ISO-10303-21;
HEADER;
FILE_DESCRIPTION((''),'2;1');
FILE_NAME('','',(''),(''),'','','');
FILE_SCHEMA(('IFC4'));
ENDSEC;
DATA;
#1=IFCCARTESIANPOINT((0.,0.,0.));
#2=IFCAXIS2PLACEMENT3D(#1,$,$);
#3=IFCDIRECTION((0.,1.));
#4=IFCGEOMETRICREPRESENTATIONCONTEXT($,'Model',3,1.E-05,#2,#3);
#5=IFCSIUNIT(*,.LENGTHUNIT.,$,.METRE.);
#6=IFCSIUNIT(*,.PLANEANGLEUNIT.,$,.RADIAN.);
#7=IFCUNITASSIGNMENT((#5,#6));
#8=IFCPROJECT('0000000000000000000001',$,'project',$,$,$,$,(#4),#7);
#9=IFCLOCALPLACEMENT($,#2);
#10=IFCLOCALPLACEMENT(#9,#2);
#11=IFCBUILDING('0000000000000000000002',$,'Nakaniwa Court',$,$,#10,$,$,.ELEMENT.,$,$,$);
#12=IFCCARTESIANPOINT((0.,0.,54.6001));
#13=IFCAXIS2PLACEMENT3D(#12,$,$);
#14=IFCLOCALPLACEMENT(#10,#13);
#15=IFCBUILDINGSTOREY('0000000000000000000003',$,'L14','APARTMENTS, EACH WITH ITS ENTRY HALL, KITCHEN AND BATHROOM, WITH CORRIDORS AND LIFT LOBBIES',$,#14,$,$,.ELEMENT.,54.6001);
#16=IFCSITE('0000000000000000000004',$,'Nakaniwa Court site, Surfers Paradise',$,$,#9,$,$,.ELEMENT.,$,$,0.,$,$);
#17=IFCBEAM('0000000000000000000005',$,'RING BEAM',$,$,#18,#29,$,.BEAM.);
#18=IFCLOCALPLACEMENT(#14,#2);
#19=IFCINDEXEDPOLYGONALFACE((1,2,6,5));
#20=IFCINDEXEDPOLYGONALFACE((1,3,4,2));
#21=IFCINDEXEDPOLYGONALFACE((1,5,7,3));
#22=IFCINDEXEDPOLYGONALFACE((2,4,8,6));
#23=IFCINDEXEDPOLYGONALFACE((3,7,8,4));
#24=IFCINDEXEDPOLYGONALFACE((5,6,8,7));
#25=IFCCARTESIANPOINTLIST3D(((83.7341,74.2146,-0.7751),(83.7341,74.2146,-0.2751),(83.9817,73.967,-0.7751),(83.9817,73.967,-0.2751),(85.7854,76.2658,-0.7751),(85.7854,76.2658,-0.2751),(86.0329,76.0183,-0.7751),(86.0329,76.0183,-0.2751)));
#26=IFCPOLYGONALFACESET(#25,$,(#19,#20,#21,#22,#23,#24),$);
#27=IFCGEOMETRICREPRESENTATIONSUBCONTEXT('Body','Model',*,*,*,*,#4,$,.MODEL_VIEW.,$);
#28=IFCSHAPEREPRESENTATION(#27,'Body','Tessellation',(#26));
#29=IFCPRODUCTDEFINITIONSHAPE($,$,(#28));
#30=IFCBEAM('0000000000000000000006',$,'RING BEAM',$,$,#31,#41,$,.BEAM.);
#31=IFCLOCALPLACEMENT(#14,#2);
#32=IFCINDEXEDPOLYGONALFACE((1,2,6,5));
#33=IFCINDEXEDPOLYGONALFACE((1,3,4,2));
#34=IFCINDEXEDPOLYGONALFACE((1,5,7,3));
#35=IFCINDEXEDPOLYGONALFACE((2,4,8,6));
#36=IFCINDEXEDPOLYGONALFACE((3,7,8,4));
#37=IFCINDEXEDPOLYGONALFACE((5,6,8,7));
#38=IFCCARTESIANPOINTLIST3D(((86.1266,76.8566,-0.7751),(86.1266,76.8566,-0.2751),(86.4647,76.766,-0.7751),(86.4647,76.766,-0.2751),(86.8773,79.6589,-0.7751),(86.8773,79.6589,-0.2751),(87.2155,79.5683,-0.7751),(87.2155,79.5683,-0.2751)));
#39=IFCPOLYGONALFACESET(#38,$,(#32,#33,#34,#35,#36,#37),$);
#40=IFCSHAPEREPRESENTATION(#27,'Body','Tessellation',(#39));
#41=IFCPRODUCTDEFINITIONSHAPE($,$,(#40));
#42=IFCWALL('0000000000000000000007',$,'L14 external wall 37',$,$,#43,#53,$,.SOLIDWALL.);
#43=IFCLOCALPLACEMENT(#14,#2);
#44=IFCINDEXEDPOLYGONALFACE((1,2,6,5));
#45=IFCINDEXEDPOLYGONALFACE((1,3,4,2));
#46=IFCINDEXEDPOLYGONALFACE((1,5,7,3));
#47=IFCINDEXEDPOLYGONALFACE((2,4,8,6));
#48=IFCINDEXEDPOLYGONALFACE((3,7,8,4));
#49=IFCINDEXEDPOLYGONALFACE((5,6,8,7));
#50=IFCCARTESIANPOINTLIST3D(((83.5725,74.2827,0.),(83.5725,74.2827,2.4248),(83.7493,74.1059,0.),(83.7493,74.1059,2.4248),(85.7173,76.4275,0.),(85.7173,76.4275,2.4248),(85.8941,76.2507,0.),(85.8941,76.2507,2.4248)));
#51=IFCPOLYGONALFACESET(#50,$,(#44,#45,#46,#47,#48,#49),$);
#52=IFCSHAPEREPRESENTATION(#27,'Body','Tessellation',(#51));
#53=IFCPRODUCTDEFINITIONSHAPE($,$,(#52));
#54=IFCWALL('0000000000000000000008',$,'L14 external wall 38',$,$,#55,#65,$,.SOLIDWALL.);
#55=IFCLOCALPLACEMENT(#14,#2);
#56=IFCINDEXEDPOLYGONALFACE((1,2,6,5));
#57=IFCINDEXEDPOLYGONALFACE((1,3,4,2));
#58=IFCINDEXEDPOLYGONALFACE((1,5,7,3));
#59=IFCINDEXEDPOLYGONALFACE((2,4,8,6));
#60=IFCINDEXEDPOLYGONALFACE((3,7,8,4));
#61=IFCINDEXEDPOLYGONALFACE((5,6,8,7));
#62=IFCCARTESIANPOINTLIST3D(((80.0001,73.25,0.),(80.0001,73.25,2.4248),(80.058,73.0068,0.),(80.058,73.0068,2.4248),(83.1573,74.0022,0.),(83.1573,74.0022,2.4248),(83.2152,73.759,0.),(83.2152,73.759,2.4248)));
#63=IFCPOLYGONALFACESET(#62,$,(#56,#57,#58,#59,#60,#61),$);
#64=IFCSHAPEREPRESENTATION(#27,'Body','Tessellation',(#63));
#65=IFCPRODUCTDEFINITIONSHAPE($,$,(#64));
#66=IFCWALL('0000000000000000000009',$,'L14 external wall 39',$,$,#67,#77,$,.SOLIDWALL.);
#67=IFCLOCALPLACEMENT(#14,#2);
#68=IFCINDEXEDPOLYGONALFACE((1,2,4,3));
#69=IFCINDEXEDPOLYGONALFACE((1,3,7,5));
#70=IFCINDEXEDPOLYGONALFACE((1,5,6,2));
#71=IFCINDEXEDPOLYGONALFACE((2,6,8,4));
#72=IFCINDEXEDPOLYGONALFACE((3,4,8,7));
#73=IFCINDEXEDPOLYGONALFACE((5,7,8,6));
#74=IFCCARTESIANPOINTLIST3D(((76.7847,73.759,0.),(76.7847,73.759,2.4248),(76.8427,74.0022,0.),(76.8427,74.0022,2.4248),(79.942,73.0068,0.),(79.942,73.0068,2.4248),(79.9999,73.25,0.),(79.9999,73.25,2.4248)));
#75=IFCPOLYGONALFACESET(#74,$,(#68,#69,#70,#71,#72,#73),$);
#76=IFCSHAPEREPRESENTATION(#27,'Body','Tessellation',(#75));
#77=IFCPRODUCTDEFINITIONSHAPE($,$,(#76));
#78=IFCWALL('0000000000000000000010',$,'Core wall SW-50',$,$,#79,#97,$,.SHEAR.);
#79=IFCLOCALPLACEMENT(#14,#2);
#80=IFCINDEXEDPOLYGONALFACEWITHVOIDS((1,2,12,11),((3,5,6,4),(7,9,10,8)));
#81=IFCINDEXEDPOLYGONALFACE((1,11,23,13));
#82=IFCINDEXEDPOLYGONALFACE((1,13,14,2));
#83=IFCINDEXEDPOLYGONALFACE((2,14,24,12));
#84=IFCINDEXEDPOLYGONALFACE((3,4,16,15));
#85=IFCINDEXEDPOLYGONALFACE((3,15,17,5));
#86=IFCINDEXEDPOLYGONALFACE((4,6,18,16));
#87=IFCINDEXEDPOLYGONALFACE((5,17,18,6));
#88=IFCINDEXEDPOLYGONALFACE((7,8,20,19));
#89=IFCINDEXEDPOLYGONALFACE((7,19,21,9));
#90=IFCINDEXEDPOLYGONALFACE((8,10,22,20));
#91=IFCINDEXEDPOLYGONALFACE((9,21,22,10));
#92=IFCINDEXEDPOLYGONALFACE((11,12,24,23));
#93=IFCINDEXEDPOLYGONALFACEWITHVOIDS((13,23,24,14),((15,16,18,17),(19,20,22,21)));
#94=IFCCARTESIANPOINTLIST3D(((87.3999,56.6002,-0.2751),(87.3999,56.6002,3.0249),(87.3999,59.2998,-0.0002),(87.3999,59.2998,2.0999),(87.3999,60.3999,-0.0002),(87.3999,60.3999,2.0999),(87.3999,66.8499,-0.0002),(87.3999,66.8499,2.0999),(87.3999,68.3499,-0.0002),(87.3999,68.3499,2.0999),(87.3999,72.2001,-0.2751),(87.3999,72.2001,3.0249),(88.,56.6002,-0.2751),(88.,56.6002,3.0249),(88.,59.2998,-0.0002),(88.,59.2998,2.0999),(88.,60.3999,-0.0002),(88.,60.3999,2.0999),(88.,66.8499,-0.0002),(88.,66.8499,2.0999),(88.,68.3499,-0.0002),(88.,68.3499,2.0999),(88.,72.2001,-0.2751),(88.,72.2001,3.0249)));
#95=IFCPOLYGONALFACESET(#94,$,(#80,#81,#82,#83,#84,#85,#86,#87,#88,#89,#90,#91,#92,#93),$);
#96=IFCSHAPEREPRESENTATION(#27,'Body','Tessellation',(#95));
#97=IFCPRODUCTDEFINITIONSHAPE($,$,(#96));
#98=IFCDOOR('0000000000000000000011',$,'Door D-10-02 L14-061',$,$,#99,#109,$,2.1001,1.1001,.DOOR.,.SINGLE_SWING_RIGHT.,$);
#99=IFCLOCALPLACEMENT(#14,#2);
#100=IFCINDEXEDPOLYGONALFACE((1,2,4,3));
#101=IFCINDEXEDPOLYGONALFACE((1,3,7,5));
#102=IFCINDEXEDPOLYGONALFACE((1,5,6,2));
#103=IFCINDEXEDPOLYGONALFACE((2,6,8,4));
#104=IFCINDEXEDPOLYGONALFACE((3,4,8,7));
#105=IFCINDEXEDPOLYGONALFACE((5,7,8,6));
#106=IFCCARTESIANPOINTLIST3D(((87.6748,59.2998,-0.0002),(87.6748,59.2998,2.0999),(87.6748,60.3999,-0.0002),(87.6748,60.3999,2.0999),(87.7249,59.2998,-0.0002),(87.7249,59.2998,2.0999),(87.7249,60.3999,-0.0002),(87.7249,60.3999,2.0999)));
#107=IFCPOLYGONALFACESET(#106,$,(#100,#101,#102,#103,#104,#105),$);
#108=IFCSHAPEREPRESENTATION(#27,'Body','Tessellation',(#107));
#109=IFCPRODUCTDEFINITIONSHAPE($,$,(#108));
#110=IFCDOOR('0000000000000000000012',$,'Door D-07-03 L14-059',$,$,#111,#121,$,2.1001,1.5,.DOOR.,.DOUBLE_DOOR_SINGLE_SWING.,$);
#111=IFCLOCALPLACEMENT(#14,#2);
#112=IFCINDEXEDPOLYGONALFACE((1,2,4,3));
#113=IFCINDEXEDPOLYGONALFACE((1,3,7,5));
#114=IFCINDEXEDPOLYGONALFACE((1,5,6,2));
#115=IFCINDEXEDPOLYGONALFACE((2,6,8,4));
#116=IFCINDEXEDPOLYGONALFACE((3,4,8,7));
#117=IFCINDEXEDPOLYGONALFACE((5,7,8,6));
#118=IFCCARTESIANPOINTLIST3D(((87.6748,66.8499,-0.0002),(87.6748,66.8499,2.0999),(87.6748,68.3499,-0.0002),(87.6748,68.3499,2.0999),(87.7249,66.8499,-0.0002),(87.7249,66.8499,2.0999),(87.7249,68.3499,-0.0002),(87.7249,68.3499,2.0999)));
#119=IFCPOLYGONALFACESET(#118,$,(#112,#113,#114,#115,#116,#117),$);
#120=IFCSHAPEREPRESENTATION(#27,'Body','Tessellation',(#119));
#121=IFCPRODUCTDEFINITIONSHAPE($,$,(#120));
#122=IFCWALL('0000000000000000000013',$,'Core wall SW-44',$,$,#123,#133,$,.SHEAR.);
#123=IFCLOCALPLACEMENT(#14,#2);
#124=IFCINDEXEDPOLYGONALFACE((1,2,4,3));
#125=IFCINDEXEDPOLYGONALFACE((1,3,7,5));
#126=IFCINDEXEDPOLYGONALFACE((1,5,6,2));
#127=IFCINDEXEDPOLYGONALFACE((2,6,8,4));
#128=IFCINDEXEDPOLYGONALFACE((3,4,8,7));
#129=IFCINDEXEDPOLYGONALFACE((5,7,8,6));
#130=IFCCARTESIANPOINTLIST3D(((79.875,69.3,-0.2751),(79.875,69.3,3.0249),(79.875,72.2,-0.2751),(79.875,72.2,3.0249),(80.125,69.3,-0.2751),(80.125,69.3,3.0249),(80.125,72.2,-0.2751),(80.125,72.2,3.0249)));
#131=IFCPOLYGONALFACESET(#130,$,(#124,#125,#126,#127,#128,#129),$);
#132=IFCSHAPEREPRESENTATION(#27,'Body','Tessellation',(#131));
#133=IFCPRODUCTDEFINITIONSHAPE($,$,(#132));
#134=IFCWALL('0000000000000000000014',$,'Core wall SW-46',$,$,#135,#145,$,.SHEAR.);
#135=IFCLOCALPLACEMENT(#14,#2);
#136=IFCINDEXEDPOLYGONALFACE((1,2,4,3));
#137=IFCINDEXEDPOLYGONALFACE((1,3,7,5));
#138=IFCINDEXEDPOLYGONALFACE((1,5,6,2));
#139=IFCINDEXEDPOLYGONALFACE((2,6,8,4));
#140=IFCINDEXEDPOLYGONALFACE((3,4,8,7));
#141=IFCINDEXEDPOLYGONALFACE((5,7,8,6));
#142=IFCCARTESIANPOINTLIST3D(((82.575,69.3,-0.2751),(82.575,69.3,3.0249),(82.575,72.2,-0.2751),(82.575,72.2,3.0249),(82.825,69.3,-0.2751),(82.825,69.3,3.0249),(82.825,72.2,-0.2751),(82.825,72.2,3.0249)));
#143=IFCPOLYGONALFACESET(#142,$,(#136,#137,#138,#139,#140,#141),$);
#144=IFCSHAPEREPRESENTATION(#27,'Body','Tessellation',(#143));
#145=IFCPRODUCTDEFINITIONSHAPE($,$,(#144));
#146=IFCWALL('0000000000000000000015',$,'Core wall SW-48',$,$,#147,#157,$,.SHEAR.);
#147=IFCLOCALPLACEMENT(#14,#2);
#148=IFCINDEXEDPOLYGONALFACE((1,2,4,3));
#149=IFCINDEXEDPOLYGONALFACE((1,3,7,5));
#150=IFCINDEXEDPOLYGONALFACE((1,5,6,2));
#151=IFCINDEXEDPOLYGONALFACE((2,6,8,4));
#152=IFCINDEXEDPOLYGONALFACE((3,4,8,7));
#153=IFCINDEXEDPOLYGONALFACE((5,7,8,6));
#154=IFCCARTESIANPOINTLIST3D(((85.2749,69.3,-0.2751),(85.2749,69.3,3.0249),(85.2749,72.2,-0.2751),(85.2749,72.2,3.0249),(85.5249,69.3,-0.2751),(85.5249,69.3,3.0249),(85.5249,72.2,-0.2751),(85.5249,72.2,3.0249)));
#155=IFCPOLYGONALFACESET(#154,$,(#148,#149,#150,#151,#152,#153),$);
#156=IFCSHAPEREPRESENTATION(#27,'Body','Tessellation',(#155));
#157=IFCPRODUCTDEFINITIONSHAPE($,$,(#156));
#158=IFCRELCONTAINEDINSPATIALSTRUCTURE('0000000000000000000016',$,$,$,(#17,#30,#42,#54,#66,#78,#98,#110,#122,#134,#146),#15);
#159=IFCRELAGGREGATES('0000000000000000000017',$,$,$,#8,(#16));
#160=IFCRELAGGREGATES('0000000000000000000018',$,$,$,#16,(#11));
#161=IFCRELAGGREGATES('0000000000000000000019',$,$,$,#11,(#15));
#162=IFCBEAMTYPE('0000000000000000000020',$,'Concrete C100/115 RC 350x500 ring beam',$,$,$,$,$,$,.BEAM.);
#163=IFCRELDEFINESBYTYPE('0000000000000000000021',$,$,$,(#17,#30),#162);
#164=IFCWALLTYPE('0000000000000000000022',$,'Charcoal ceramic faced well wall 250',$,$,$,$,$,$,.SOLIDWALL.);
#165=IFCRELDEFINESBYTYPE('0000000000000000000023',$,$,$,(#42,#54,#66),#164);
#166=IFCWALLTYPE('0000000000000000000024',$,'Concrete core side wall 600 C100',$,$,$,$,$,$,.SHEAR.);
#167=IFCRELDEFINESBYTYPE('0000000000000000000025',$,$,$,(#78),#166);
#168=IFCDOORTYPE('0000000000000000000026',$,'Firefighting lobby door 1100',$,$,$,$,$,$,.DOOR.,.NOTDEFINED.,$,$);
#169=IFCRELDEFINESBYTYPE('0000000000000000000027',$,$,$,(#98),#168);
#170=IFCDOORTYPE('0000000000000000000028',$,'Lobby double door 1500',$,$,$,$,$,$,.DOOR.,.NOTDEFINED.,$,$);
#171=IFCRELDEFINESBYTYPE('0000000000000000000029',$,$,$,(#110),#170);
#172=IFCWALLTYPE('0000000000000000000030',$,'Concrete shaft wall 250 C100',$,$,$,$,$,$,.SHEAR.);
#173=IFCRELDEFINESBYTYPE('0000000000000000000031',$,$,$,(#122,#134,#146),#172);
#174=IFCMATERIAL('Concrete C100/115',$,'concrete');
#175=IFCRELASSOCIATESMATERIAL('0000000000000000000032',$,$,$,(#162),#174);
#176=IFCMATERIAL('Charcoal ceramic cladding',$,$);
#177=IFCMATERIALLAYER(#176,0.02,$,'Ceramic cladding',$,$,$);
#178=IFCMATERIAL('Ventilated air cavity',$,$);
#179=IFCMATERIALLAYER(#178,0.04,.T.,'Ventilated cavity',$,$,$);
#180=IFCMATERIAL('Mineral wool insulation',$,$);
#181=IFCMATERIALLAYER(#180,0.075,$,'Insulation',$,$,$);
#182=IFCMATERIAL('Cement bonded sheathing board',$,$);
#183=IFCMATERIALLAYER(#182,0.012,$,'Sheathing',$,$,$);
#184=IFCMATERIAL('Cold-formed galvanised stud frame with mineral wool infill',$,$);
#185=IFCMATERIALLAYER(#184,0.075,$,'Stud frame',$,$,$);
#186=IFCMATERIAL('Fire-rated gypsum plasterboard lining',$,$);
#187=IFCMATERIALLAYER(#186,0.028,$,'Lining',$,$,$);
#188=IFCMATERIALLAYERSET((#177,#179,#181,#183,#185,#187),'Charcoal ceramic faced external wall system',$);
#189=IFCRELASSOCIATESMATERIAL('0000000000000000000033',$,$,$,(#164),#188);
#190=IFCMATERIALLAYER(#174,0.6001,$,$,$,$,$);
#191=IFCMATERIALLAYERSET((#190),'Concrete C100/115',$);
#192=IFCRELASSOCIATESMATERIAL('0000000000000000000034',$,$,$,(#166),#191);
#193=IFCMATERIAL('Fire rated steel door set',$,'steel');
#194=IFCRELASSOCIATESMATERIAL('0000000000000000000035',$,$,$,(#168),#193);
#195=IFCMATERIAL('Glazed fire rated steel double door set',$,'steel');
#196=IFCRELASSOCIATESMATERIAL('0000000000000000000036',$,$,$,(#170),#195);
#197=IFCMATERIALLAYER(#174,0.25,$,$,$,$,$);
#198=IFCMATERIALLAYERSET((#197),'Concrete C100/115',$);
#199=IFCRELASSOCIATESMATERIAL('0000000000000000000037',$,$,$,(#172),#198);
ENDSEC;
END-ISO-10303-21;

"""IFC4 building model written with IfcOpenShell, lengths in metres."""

from ifc_helpers import new_model, si_unit, direction, frame, frame_2d, origin, origin_2d, place, context, subcontext, project, spatial, rectangle, extrude, material, layer, layer_set, material_profile, profile_set, type_object, element, fill, save


model = new_model("IFC4")

# Units and contexts
model_context = context("Model", 3, precision=1e-05, world=origin(), true_north=direction((0.0, 1.0)))
body_context = subcontext(model_context, "Body", "Model", "MODEL_VIEW")
ifc_project = project(units=[si_unit("LENGTHUNIT", "METRE"), si_unit("PLANEANGLEUNIT", "RADIAN")], contexts=[model_context])

# Site, building, storey
site_placement = place(None, origin())
site = spatial("IfcSite", under=ifc_project, at=site_placement, Name="Nakaniwa Court site, Surfers Paradise", CompositionType="ELEMENT", RefElevation=0.0)
building_placement = place(site_placement, origin())
building = spatial("IfcBuilding", under=site, at=building_placement, Name="Nakaniwa Court", CompositionType="ELEMENT")
storey_placement = place(building_placement, frame((0.0, 0.0, 54.6001)))
storey = spatial("IfcBuildingStorey", under=building, at=storey_placement, Name="L14", Description="APARTMENTS, EACH WITH ITS ENTRY HALL, KITCHEN AND BATHROOM, WITH CORRIDORS AND LIFT LOBBIES", CompositionType="ELEMENT", Elevation=54.6001)

# Shared definitions
ifc_material_1 = material(Name="Concrete C100/115", Category="concrete")

# Beams
ifc_material_profile_1 = material_profile(ifc_material_1, rectangle(XDim=0.3501, YDim=0.5, at=origin_2d()), Name="Concrete C100/115 RC 350x500 ring beam")
ifc_profile_set_1 = profile_set([ifc_material_profile_1], Name="Concrete C100/115")
beam_type = type_object("IfcBeamType", Name="Concrete C100/115 RC 350x500 ring beam", PredefinedType="BEAM", material=ifc_profile_set_1)
beam_1_placement = place(storey_placement, frame((83.8579, 74.0908, -0.5251), z_axis=(0.707107, 0.707107, 0.0), x_axis=(-0.707107, 0.707107, 0.0)))
element("IfcBeam", 1, at=beam_1_placement, inside=storey, type_object=beam_type, Name="RING BEAM", PredefinedType="BEAM", context=body_context, shape_type="SweptSolid", body=[
    extrude(rectangle(XDim=0.3501, YDim=0.5, at=origin_2d()), origin(), (0.0, 0.0, 1.0), 2.9009),
])
beam_2_placement = place(storey_placement, frame((86.2957, 76.8113, -0.5251), z_axis=(0.258778, 0.965937, 0.0), x_axis=(-0.965937, 0.258778, 0.0)))
element("IfcBeam", 2, at=beam_2_placement, inside=storey, type_object=beam_type, Name="RING BEAM", PredefinedType="BEAM", context=body_context, shape_type="SweptSolid", body=[
    extrude(rectangle(XDim=0.3501, YDim=0.5, at=origin_2d()), origin(), (0.0, 0.0, 1.0), 2.9011),
])

# Walls
ifc_material_2 = material(Name="Charcoal ceramic cladding")
ifc_layer_1 = layer(ifc_material_2, 0.02, Name="Ceramic cladding")
ifc_material_3 = material(Name="Ventilated air cavity")
ifc_layer_2 = layer(ifc_material_3, 0.04, ventilated=True, Name="Ventilated cavity")
ifc_material_4 = material(Name="Mineral wool insulation")
ifc_layer_3 = layer(ifc_material_4, 0.075, Name="Insulation")
ifc_material_5 = material(Name="Cement bonded sheathing board")
ifc_layer_4 = layer(ifc_material_5, 0.012, Name="Sheathing")
ifc_material_6 = material(Name="Cold-formed galvanised stud frame with mineral wool infill")
ifc_layer_5 = layer(ifc_material_6, 0.075, Name="Stud frame")
ifc_material_7 = material(Name="Fire-rated gypsum plasterboard lining")
ifc_layer_6 = layer(ifc_material_7, 0.028, Name="Lining")
ifc_layer_set_1 = layer_set([ifc_layer_1, ifc_layer_2, ifc_layer_3, ifc_layer_4, ifc_layer_5, ifc_layer_6], Name="Charcoal ceramic faced external wall system")
wall_type_1 = type_object("IfcWallType", Name="Charcoal ceramic faced well wall 250", PredefinedType="SOLIDWALL", material=ifc_layer_set_1)
wall_1_placement = place(storey_placement, frame((85.8057, 76.3391, 0.0), z_axis=(0.0, 0.0, 1.0), x_axis=(-0.707107, -0.707107, 0.0)))
element("IfcWall", 3, at=wall_1_placement, inside=storey, type_object=wall_type_1, Name="L14 external wall 37", PredefinedType="SOLIDWALL", context=body_context, shape_type="SweptSolid", body=[
    extrude(rectangle(XDim=3.0332, YDim=0.25, at=frame_2d((1.5166, 0.0))), origin(), (0.0, 0.0, 1.0), 2.4248),
])
for number, where, z_axis, x_axis, name in (
    (4, (83.1863, 73.8806, 0.0), (0.0, 0.0, 1.0), (-0.972773, -0.23176, 0.0), "L14 external wall 38"),
    (5, (79.9709, 73.1284, 0.0), (0.0, 0.0, 1.0), (-0.972773, 0.23176, 0.0), "L14 external wall 39"),
):
    element("IfcWall", number, at=place(storey_placement, frame(where, z_axis=z_axis, x_axis=x_axis)), inside=storey, type_object=wall_type_1, Name=name, PredefinedType="SOLIDWALL", context=body_context, shape_type="SweptSolid", body=[
        extrude(rectangle(XDim=3.2456, YDim=0.25, at=frame_2d((1.6228, 0.0))), origin(), (0.0, 0.0, 1.0), 2.4248),
    ])

# Wall, openings, doors
ifc_layer_7 = layer(ifc_material_1, 0.6001)
ifc_layer_set_2 = layer_set([ifc_layer_7], Name="Concrete C100/115")
wall_type_2 = type_object("IfcWallType", Name="Concrete core side wall 600 C100", PredefinedType="SHEAR", material=ifc_layer_set_2)
wall_2_placement = place(storey_placement, frame((87.7, 72.2, -0.2751), z_axis=(0.0, 0.0, 1.0), x_axis=(0.0, -1.0, 0.0)))
wall_2 = element("IfcWall", 6, at=wall_2_placement, inside=storey, type_object=wall_type_2, Name="Core wall SW-50", PredefinedType="SHEAR", context=body_context, shape_type="SweptSolid", body=[
    extrude(rectangle(XDim=15.5999, YDim=0.6001, at=frame_2d((7.7998, 0.0))), origin(), (0.0, 0.0, 1.0), 3.3),
])
opening_1_placement = place(wall_2_placement, frame((3.8501, 0.0, 0.2749)))
opening_1 = element("IfcOpeningElement", 7, at=opening_1_placement, cuts=wall_2, PredefinedType="OPENING", context=body_context, shape_type="SweptSolid", body=[
    extrude(rectangle(XDim=1.5, YDim=2.1001, at=frame_2d((0.75, 1.05))), frame((0.0, 0.3101, 0.0), z_axis=(0.0, -1.0, 0.0), x_axis=(1.0, 0.0, 0.0)), (0.0, 0.0, 1.0), 0.6201),
])
opening_2_placement = place(wall_2_placement, frame((11.8, 0.0, 0.2749)))
opening_2 = element("IfcOpeningElement", 8, at=opening_2_placement, cuts=wall_2, PredefinedType="OPENING", context=body_context, shape_type="SweptSolid", body=[
    extrude(rectangle(XDim=1.1001, YDim=2.1001, at=frame_2d((0.55, 1.05))), frame((0.0, 0.3101, 0.0), z_axis=(0.0, -1.0, 0.0), x_axis=(1.0, 0.0, 0.0)), (0.0, 0.0, 1.0), 0.6201),
])
ifc_material_8 = material(Name="Fire rated steel door set", Category="steel")
door_type_1 = type_object("IfcDoorType", Name="Firefighting lobby door 1100", OperationType="NOTDEFINED", PredefinedType="DOOR", material=ifc_material_8)
door_1_placement = place(opening_2_placement, origin())
door_1 = element("IfcDoor", 9, at=door_1_placement, inside=storey, type_object=door_type_1, Name="Door D-10-02 L14-061", OperationType="SINGLE_SWING_RIGHT", OverallHeight=2.1001, OverallWidth=1.1001, PredefinedType="DOOR", context=body_context, shape_type="SweptSolid", body=[
    extrude(rectangle(XDim=1.1001, YDim=2.1001, at=frame_2d((0.55, 1.05))), frame((0.0, 0.0249, 0.0), z_axis=(0.0, -1.0, 0.0), x_axis=(1.0, 0.0, 0.0)), (0.0, 0.0, 1.0), 0.05),
])
fill(opening_2, door_1)
ifc_material_9 = material(Name="Glazed fire rated steel double door set", Category="steel")
door_type_2 = type_object("IfcDoorType", Name="Lobby double door 1500", OperationType="NOTDEFINED", PredefinedType="DOOR", material=ifc_material_9)
door_2_placement = place(opening_1_placement, origin())
door_2 = element("IfcDoor", 10, at=door_2_placement, inside=storey, type_object=door_type_2, Name="Door D-07-03 L14-059", OperationType="DOUBLE_DOOR_SINGLE_SWING", OverallHeight=2.1001, OverallWidth=1.5, PredefinedType="DOOR", context=body_context, shape_type="SweptSolid", body=[
    extrude(rectangle(XDim=1.5, YDim=2.1001, at=frame_2d((0.75, 1.05))), frame((0.0, 0.0249, 0.0), z_axis=(0.0, -1.0, 0.0), x_axis=(1.0, 0.0, 0.0)), (0.0, 0.0, 1.0), 0.05),
])
fill(opening_1, door_2)

# Walls
ifc_layer_8 = layer(ifc_material_1, 0.25)
ifc_layer_set_3 = layer_set([ifc_layer_8], Name="Concrete C100/115")
wall_type_3 = type_object("IfcWallType", Name="Concrete shaft wall 250 C100", PredefinedType="SHEAR", material=ifc_layer_set_3)
for number, where, z_axis, x_axis, name in (
    (11, (80.0, 69.3, -0.2751), (0.0, 0.0, 1.0), (0.0, 1.0, 0.0), "Core wall SW-44"),
    (12, (82.7, 69.3, -0.2751), (0.0, 0.0, 1.0), (0.0, 1.0, 0.0), "Core wall SW-46"),
    (13, (85.3999, 69.3, -0.2751), (0.0, 0.0, 1.0), (0.0, 1.0, 0.0), "Core wall SW-48"),
):
    element("IfcWall", number, at=place(storey_placement, frame(where, z_axis=z_axis, x_axis=x_axis)), inside=storey, type_object=wall_type_3, Name=name, PredefinedType="SHEAR", context=body_context, shape_type="SweptSolid", body=[
        extrude(rectangle(XDim=2.8999, YDim=0.25, at=frame_2d((1.45, 0.0))), origin(), (0.0, 0.0, 1.0), 3.3),
    ])

save(model, "model.ifc")
